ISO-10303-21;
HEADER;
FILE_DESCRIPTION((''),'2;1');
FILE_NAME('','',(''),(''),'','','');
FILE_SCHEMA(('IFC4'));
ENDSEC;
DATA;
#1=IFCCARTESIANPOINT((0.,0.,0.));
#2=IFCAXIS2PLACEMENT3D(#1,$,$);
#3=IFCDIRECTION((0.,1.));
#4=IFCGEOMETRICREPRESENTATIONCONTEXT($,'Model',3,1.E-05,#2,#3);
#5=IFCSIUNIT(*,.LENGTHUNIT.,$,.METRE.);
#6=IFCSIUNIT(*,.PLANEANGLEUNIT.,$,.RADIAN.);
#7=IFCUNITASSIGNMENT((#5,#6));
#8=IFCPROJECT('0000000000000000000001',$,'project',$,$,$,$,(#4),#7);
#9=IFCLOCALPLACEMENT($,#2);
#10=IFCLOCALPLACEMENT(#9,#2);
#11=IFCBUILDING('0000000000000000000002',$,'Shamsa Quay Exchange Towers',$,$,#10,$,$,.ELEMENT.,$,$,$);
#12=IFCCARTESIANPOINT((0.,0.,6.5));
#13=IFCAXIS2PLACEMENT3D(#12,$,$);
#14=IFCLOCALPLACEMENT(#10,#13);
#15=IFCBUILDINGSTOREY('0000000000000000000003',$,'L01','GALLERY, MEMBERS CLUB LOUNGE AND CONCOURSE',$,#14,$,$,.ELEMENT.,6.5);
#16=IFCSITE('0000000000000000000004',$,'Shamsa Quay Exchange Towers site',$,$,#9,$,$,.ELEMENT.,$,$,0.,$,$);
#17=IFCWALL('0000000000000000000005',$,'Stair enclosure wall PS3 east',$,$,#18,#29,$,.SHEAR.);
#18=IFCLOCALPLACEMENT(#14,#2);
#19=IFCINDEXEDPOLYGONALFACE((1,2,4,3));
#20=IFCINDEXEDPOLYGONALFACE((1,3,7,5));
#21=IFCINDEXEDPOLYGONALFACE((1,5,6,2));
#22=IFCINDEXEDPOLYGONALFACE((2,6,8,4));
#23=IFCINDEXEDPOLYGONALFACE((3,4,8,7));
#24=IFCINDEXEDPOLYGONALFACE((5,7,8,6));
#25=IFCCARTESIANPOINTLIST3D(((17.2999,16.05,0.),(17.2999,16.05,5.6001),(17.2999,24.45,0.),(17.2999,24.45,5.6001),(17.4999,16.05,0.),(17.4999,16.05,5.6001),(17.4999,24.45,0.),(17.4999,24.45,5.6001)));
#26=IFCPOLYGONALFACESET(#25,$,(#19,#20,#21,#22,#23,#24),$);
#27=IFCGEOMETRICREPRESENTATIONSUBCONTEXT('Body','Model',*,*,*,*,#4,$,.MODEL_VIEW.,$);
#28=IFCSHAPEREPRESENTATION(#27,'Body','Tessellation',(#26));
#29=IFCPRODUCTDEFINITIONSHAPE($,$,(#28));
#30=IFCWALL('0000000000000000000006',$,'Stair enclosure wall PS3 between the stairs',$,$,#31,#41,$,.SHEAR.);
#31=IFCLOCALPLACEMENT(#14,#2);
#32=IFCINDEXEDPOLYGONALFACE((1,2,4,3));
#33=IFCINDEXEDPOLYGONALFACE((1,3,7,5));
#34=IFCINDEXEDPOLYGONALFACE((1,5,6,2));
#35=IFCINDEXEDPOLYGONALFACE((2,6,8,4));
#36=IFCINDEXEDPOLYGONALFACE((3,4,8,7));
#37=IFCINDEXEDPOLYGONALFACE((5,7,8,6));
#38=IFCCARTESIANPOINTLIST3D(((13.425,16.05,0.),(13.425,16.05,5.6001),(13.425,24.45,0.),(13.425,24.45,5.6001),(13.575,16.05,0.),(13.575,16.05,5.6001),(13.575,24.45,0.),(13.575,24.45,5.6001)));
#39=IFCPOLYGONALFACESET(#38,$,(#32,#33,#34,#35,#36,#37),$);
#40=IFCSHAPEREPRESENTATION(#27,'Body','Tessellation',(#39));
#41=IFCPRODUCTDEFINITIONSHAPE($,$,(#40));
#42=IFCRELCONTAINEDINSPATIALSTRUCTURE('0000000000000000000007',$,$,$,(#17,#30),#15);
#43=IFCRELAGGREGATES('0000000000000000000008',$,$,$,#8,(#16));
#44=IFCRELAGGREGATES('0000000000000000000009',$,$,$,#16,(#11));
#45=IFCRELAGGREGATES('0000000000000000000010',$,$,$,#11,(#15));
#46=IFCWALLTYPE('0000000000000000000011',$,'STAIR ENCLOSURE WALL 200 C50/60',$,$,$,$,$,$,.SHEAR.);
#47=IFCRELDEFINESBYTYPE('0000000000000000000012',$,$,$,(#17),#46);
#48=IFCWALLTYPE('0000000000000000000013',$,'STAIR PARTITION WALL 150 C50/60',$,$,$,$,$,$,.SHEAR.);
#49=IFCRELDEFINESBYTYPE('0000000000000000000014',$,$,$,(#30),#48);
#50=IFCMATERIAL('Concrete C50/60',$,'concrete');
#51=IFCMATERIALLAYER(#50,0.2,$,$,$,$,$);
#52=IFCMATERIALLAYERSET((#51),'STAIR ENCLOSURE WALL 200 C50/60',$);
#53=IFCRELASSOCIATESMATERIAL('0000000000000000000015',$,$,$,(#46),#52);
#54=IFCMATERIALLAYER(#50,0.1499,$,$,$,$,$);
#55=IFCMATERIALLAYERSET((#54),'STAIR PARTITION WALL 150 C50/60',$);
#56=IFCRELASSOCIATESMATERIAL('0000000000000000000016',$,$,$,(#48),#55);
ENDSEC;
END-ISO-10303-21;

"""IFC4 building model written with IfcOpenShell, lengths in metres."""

from ifc_helpers import new_model, si_unit, direction, frame, frame_2d, origin, place, context, subcontext, project, spatial, rectangle, extrude, material, layer, layer_set, type_object, element, save


model = new_model("IFC4")

# Units and contexts
model_context = context("Model", 3, precision=1e-05, world=origin(), true_north=direction((0.0, 1.0)))
body_context = subcontext(model_context, "Body", "Model", "MODEL_VIEW")
ifc_project = project(units=[si_unit("LENGTHUNIT", "METRE"), si_unit("PLANEANGLEUNIT", "RADIAN")], contexts=[model_context])

# Site, building, storey
site_placement = place(None, origin())
site = spatial("IfcSite", under=ifc_project, at=site_placement, Name="Shamsa Quay Exchange Towers site", CompositionType="ELEMENT", RefElevation=0.0)
building_placement = place(site_placement, origin())
building = spatial("IfcBuilding", under=site, at=building_placement, Name="Shamsa Quay Exchange Towers", CompositionType="ELEMENT")
storey_placement = place(building_placement, frame((0.0, 0.0, 6.5)))
storey = spatial("IfcBuildingStorey", under=building, at=storey_placement, Name="L01", Description="GALLERY, MEMBERS CLUB LOUNGE AND CONCOURSE", CompositionType="ELEMENT", Elevation=6.5)

# Shared definitions
ifc_material_1 = material(Name="Concrete C50/60", Category="concrete")
ifc_layer_1 = layer(ifc_material_1, 0.2)
ifc_layer_set_1 = layer_set([ifc_layer_1], Name="STAIR ENCLOSURE WALL 200 C50/60")
wall_type_1 = type_object("IfcWallType", Name="STAIR ENCLOSURE WALL 200 C50/60", PredefinedType="SHEAR", material=ifc_layer_set_1)

# Walls
for number, where, z_axis, x_axis, name in (
    (1, (17.3999, 16.05, 0.0), (0.0, 0.0, 1.0), (0.0, 1.0, 0.0), "Stair enclosure wall PS3 east"),
):
    element("IfcWall", number, at=place(storey_placement, frame(where, z_axis=z_axis, x_axis=x_axis)), inside=storey, type_object=wall_type_1, Name=name, PredefinedType="SHEAR", context=body_context, shape_type="SweptSolid", body=[
        extrude(rectangle(XDim=8.3999, YDim=0.2, at=frame_2d((4.2, 0.0))), origin(), (0.0, 0.0, 1.0), 5.6001),
    ])
ifc_layer_2 = layer(ifc_material_1, 0.1499)
ifc_layer_set_2 = layer_set([ifc_layer_2], Name="STAIR PARTITION WALL 150 C50/60")
wall_type_2 = type_object("IfcWallType", Name="STAIR PARTITION WALL 150 C50/60", PredefinedType="SHEAR", material=ifc_layer_set_2)
wall_1_placement = place(storey_placement, frame((13.5, 16.05, 0.0), z_axis=(0.0, 0.0, 1.0), x_axis=(0.0, 1.0, 0.0)))
element("IfcWall", 2, at=wall_1_placement, inside=storey, type_object=wall_type_2, Name="Stair enclosure wall PS3 between the stairs", PredefinedType="SHEAR", context=body_context, shape_type="SweptSolid", body=[
    extrude(rectangle(XDim=8.3999, YDim=0.1499, at=frame_2d((4.2, 0.0))), origin(), (0.0, 0.0, 1.0), 5.6001),
])

save(model, "model.ifc")
